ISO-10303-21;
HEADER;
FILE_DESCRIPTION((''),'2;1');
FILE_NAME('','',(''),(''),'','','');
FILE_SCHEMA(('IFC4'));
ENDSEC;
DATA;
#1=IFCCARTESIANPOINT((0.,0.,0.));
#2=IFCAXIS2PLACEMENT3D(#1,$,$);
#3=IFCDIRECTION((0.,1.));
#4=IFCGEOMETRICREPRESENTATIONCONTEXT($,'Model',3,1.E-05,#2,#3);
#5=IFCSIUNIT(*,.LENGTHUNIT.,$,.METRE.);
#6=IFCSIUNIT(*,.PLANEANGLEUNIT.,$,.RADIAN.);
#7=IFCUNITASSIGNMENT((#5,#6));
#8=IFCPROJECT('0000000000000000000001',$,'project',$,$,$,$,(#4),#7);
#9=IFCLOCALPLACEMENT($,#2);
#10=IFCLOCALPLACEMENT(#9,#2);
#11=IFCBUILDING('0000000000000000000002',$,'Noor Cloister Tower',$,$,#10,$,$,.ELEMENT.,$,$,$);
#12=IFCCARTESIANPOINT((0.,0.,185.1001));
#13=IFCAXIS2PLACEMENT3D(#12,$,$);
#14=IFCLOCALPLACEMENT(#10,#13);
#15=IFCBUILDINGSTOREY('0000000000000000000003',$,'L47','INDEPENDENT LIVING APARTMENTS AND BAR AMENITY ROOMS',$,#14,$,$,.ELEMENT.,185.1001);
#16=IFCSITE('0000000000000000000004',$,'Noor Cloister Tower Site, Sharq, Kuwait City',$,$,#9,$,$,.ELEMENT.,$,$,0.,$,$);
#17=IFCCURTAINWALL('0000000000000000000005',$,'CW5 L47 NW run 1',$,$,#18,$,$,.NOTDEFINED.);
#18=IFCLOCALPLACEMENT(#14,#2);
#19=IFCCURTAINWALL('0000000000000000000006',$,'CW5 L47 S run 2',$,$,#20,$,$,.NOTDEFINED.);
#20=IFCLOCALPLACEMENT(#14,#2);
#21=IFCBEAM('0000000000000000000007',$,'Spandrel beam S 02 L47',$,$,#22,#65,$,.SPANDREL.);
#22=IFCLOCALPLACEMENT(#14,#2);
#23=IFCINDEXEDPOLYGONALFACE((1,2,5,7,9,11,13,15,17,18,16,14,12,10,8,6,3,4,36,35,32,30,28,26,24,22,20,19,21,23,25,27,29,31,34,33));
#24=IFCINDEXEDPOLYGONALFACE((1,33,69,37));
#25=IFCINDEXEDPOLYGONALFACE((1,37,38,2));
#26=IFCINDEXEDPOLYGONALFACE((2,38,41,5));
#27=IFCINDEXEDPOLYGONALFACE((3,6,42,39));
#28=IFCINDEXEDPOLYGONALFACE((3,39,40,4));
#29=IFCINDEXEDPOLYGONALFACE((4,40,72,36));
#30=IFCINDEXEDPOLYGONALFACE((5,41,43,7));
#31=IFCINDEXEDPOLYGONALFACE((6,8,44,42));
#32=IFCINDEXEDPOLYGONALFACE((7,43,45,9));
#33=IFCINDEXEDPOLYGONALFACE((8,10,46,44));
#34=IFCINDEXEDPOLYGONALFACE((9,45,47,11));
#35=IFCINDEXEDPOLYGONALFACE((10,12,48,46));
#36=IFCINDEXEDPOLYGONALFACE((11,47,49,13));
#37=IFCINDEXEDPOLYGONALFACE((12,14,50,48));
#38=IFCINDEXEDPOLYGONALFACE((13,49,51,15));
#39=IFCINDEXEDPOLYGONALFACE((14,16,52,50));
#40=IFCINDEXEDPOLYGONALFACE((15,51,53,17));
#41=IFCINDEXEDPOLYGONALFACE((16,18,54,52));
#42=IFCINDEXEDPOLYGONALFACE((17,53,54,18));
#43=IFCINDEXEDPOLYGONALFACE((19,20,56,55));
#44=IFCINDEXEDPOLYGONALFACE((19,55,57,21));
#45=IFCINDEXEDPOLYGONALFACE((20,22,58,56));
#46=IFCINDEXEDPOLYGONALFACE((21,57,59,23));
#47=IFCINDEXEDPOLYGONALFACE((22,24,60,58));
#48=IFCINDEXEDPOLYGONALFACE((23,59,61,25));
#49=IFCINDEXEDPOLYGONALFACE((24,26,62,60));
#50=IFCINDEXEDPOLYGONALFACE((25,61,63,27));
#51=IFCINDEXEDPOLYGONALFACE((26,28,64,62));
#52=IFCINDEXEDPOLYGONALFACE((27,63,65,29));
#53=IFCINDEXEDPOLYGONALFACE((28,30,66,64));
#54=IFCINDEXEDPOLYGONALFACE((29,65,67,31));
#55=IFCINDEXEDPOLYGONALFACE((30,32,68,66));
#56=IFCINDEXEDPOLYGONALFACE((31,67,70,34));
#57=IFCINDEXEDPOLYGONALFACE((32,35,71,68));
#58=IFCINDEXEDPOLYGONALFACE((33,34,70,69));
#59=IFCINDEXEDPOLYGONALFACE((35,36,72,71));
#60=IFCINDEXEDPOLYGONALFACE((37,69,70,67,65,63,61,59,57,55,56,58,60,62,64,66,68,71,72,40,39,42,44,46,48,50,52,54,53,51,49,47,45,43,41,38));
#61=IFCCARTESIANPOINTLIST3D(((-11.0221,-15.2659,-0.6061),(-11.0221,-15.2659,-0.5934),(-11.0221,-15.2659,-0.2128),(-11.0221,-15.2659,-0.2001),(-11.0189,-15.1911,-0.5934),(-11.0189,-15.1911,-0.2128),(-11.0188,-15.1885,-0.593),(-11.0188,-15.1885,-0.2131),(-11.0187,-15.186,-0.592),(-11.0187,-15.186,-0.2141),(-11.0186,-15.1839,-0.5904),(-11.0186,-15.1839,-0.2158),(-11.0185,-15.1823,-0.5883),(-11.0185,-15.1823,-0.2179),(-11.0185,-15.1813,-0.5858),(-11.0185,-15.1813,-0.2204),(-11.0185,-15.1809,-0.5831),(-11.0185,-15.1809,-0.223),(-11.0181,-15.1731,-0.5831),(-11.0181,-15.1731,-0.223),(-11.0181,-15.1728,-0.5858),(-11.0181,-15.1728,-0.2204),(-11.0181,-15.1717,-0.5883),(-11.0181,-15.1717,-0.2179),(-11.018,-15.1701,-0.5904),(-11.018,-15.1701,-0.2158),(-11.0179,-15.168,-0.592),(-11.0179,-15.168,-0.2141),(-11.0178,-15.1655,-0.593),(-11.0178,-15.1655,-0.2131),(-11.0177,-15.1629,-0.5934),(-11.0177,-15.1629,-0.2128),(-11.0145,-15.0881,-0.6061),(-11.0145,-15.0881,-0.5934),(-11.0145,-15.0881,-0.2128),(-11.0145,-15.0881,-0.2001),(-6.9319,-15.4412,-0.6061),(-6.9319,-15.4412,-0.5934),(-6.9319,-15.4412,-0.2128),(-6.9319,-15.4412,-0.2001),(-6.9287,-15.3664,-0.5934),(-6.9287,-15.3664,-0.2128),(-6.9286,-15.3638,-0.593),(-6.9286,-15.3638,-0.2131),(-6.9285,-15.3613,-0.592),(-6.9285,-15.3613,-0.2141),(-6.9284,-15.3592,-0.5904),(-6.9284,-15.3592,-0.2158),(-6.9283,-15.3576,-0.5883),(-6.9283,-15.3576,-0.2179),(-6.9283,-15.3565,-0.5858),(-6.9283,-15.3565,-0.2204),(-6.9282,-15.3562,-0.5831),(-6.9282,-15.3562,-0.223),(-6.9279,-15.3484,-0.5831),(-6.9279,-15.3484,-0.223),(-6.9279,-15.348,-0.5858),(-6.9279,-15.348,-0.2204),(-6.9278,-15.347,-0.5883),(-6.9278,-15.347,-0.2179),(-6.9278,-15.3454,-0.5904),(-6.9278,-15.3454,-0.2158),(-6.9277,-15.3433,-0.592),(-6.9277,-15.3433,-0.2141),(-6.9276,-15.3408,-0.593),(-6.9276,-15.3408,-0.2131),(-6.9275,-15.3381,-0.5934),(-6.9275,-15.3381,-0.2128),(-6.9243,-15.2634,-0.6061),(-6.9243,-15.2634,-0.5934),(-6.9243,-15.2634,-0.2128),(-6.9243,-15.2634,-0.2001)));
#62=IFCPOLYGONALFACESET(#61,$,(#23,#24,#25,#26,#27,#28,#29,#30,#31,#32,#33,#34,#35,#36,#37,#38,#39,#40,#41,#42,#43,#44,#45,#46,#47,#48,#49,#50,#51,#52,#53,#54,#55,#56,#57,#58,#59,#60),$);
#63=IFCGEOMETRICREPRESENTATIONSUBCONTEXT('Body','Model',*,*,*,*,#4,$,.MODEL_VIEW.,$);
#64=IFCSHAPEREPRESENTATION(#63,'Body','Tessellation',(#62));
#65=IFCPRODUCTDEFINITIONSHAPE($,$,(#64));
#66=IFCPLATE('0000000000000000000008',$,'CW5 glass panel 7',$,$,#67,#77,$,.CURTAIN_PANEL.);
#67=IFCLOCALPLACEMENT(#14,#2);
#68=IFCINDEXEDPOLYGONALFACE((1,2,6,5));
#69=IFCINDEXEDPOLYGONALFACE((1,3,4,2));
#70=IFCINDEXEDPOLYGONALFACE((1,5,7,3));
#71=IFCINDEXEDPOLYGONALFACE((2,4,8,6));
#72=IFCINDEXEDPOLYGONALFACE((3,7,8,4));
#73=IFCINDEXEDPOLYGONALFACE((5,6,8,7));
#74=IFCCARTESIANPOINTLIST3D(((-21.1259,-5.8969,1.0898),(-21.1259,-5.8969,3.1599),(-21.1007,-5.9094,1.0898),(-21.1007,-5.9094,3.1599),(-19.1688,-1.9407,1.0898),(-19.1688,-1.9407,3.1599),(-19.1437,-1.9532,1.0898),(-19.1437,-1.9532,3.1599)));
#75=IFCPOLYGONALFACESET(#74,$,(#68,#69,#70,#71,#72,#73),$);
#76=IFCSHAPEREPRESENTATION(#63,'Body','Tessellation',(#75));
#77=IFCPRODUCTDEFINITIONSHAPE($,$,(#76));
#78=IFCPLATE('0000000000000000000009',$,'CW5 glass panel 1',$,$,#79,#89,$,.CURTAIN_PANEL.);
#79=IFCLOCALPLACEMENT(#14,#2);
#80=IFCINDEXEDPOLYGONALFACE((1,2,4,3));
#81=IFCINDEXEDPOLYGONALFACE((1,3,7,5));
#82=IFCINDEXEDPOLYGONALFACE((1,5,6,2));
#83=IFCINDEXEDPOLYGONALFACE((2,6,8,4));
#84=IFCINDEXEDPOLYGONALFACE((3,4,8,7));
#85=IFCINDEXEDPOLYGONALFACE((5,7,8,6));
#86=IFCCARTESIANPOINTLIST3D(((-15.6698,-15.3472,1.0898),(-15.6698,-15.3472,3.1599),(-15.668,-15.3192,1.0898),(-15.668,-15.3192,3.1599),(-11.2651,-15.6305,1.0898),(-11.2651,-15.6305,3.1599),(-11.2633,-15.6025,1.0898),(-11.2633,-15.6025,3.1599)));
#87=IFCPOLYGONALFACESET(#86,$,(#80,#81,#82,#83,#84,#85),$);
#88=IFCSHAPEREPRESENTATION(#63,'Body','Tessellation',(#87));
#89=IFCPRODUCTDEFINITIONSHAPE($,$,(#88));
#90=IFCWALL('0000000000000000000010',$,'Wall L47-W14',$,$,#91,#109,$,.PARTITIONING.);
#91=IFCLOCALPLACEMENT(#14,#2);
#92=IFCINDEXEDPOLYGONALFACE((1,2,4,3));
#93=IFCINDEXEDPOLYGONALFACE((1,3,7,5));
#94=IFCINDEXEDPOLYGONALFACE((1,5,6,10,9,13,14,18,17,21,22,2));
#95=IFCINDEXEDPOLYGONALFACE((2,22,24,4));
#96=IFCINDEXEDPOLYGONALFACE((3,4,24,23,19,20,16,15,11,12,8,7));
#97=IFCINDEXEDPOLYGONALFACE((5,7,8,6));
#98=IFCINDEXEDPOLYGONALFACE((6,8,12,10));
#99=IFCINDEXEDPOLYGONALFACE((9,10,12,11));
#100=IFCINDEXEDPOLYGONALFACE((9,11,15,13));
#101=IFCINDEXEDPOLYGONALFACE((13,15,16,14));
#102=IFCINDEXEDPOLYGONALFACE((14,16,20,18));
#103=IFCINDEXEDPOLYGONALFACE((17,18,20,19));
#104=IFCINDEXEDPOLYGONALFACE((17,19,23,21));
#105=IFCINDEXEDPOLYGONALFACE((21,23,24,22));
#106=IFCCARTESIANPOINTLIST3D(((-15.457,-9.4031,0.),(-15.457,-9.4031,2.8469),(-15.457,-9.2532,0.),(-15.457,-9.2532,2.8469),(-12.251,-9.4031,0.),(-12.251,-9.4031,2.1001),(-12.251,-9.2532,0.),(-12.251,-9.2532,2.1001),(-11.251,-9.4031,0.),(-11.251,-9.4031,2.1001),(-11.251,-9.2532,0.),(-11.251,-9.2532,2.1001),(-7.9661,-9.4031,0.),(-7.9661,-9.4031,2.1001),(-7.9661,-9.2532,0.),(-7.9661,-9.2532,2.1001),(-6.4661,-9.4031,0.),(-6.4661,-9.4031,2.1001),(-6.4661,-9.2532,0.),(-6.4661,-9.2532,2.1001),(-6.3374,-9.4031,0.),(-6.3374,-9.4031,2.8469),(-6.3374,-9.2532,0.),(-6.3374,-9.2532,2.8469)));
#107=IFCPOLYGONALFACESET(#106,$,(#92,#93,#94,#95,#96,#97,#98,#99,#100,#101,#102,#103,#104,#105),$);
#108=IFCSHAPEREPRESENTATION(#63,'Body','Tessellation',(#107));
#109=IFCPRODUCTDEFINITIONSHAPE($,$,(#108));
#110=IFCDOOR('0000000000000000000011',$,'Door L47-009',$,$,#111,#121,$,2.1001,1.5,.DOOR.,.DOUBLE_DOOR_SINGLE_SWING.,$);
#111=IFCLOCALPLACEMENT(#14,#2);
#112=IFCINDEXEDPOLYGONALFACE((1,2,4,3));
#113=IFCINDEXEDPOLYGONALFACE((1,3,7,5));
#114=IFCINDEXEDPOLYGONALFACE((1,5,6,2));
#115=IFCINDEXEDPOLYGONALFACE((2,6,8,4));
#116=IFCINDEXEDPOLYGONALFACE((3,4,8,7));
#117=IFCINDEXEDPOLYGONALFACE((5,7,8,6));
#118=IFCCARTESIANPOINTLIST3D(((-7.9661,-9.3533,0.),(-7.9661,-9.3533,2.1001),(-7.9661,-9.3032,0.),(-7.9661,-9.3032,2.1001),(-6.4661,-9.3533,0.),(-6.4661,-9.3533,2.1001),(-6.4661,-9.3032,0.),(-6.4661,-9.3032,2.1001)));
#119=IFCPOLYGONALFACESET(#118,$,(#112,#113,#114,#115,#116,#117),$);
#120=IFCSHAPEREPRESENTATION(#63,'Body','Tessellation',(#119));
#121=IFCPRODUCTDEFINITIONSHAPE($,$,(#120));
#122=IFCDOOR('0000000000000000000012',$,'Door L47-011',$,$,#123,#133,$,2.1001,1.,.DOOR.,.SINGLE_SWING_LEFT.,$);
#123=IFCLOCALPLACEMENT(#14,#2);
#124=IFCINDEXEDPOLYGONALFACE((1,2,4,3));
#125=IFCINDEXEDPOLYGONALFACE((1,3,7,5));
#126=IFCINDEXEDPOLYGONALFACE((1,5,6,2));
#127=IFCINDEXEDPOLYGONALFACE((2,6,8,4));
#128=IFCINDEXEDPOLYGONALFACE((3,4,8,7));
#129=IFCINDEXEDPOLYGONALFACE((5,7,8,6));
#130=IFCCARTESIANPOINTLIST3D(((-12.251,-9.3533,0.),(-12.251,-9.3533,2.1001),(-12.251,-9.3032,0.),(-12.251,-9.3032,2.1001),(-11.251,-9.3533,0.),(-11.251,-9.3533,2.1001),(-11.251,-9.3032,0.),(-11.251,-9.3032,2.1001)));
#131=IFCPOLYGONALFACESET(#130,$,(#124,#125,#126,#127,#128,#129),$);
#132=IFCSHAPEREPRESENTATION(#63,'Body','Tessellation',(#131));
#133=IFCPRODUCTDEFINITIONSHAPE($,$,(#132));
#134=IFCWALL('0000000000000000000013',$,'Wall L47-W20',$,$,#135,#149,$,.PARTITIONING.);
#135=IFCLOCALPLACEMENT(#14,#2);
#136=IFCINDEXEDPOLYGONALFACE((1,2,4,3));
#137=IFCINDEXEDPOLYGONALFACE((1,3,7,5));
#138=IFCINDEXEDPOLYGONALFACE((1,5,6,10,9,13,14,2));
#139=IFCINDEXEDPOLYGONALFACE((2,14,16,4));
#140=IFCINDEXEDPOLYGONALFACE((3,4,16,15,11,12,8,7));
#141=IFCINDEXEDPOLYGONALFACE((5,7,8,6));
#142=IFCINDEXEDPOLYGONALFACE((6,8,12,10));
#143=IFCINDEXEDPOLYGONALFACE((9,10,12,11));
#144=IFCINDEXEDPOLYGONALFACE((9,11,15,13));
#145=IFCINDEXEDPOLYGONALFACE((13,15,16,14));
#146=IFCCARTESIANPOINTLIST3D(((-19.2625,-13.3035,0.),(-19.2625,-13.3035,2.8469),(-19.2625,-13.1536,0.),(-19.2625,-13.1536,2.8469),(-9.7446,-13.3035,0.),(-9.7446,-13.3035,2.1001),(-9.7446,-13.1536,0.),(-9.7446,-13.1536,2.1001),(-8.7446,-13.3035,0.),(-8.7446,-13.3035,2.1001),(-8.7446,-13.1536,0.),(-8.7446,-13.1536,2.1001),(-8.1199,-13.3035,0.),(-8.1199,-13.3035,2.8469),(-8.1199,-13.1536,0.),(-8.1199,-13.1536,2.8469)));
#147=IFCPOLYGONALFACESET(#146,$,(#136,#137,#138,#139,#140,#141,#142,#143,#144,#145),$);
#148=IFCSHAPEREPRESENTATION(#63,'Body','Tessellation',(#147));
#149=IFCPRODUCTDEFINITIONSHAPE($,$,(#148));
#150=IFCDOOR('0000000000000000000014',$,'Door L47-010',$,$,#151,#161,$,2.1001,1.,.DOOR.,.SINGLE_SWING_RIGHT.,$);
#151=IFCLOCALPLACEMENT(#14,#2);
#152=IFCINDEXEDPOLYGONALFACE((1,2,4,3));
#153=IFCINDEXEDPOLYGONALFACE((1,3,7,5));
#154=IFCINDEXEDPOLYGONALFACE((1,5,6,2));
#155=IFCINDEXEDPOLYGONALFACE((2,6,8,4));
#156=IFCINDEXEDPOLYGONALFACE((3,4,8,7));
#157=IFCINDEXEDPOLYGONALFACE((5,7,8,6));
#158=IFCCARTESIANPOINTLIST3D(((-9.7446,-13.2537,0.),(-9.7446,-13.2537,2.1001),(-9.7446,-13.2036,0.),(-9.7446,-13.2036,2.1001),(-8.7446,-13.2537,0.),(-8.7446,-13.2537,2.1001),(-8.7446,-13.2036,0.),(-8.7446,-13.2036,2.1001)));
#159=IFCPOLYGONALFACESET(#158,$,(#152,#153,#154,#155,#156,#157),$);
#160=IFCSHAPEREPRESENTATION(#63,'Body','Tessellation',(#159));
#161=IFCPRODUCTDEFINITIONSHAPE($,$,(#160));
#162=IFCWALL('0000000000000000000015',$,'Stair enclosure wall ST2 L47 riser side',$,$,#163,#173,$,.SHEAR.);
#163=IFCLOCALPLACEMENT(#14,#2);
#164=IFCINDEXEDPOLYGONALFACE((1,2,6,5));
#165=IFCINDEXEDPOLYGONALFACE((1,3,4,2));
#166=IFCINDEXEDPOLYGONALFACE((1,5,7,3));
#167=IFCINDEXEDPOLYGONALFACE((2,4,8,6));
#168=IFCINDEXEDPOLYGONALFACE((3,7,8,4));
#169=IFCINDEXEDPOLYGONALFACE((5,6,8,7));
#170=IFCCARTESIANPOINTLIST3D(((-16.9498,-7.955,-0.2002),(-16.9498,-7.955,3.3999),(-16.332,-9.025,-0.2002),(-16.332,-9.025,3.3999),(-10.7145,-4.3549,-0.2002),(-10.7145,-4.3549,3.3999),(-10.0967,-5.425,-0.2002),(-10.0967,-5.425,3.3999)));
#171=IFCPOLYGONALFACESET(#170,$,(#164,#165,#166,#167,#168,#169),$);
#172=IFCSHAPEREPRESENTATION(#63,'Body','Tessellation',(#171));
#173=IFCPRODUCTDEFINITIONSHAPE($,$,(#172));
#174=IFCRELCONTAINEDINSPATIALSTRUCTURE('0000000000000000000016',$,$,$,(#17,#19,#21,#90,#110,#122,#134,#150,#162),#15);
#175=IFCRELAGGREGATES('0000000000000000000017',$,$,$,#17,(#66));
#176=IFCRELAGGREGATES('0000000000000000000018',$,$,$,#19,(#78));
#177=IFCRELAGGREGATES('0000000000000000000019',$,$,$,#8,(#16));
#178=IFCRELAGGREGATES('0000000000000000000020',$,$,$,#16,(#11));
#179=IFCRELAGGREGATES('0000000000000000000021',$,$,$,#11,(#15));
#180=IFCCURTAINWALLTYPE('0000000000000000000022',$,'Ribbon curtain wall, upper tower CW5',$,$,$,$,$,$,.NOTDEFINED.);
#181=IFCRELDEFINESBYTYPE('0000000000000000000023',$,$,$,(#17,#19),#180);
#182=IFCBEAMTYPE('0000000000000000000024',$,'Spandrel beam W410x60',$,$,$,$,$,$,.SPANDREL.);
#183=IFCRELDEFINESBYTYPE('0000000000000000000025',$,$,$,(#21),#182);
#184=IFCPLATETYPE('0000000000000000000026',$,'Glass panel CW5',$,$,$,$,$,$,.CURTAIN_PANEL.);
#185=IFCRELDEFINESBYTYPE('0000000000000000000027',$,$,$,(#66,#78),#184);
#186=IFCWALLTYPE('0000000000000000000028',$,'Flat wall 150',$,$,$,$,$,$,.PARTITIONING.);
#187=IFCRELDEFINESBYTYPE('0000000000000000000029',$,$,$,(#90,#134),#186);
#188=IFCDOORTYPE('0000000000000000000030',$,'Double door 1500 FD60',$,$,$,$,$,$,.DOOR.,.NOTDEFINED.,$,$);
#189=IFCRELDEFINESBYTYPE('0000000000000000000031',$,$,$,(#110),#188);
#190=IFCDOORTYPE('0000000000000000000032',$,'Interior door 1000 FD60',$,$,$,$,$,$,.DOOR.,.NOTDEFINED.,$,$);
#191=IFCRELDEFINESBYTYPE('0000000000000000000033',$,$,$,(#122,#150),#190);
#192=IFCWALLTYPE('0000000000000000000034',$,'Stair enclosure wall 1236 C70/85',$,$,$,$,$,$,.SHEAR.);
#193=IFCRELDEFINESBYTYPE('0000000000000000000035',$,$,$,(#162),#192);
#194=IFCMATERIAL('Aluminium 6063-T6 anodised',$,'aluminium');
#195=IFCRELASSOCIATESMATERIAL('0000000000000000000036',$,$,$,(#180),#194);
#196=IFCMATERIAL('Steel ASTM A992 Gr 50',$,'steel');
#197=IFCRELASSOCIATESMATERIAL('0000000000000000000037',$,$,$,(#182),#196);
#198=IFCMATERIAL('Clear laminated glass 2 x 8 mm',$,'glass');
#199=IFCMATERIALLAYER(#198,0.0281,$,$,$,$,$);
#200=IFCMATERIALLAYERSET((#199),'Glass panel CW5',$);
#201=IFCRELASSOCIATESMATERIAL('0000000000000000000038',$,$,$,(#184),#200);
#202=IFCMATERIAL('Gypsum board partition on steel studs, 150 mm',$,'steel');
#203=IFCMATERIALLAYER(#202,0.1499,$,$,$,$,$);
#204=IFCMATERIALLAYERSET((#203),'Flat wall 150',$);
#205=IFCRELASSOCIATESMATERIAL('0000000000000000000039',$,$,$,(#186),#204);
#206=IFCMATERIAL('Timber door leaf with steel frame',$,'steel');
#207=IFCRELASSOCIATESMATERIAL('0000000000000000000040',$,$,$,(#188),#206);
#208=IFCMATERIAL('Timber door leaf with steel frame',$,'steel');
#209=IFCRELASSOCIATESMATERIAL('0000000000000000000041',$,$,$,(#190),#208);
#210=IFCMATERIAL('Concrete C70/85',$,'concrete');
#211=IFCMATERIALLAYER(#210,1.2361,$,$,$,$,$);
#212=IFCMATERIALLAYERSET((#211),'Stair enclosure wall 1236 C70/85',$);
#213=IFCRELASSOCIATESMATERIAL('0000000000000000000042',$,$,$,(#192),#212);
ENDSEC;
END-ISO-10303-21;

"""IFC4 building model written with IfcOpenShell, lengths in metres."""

from ifc_helpers import new_model, si_unit, direction, frame, frame_2d, origin, origin_2d, place, context, subcontext, project, spatial, rectangle, i_section, extrude, material, layer, layer_set, material_profile, profile_set, type_object, element, fill, aggregate, save


model = new_model("IFC4")

# Units and contexts
model_context = context("Model", 3, precision=1e-05, world=origin(), true_north=direction((0.0, 1.0)))
body_context = subcontext(model_context, "Body", "Model", "MODEL_VIEW")
ifc_project = project(units=[si_unit("LENGTHUNIT", "METRE"), si_unit("PLANEANGLEUNIT", "RADIAN")], contexts=[model_context])

# Site, building, storey
site_placement = place(None, origin())
site = spatial("IfcSite", under=ifc_project, at=site_placement, Name="Noor Cloister Tower Site, Sharq, Kuwait City", CompositionType="ELEMENT", RefElevation=0.0)
building_placement = place(site_placement, origin())
building = spatial("IfcBuilding", under=site, at=building_placement, Name="Noor Cloister Tower", CompositionType="ELEMENT")
storey_placement = place(building_placement, frame((0.0, 0.0, 185.1001)))
storey = spatial("IfcBuildingStorey", under=building, at=storey_placement, Name="L47", Description="INDEPENDENT LIVING APARTMENTS AND BAR AMENITY ROOMS", CompositionType="ELEMENT", Elevation=185.1001)

# Curtain walls
ifc_material_1 = material(Name="Aluminium 6063-T6 anodised", Category="aluminium")
curtain_wall_type = type_object("IfcCurtainWallType", Name="Ribbon curtain wall, upper tower CW5", PredefinedType="NOTDEFINED", material=ifc_material_1)
curtain_wall_1_placement = place(storey_placement, origin())
curtain_wall_1 = element("IfcCurtainWall", 1, at=curtain_wall_1_placement, inside=storey, type_object=curtain_wall_type, Name="CW5 L47 NW run 1", PredefinedType="NOTDEFINED")
curtain_wall_2_placement = place(storey_placement, origin())
curtain_wall_2 = element("IfcCurtainWall", 2, at=curtain_wall_2_placement, inside=storey, type_object=curtain_wall_type, Name="CW5 L47 S run 2", PredefinedType="NOTDEFINED")

# Beam
ifc_material_2 = material(Name="Steel ASTM A992 Gr 50", Category="steel")
ifc_material_profile_1 = material_profile(ifc_material_2, i_section(OverallWidth=0.178, OverallDepth=0.406, WebThickness=0.0078, FlangeThickness=0.0127, FilletRadius=0.0103, at=origin_2d()), Name="W410x60")
ifc_profile_set_1 = profile_set([ifc_material_profile_1], Name="Steel ASTM A992 Gr 50")
beam_type_1 = type_object("IfcBeamType", Name="Spandrel beam W410x60", PredefinedType="SPANDREL", material=ifc_profile_set_1)
beam_1_placement = place(storey_placement, frame((-11.0183, -15.177, -0.4031), z_axis=(0.999083, -0.042816, 0.0), x_axis=(0.042816, 0.999083, 0.0)))
element("IfcBeam", 3, at=beam_1_placement, inside=storey, type_object=beam_type_1, Name="Spandrel beam S 02 L47", PredefinedType="SPANDREL", context=body_context, shape_type="SweptSolid", body=[
    extrude(i_section(OverallWidth=0.178, OverallDepth=0.406, WebThickness=0.0078, FlangeThickness=0.0127, FilletRadius=0.0103, at=origin_2d()), origin(), (0.0, 0.0, 1.0), 4.094),
])

# Plates
ifc_material_3 = material(Name="Clear laminated glass 2 x 8 mm", Category="glass")
ifc_layer_1 = layer(ifc_material_3, 0.0281)
ifc_layer_set_1 = layer_set([ifc_layer_1], Name="Glass panel CW5")
plate_type = type_object("IfcPlateType", Name="Glass panel CW5", PredefinedType="CURTAIN_PANEL", material=ifc_layer_set_1)
plate_1_placement = place(storey_placement, frame((-20.1348, -3.925, 1.0898), z_axis=(0.0, 0.0, 1.0), x_axis=(-0.443388, -0.89633, 0.0)))
plate_1 = element("IfcPlate", 4, at=plate_1_placement, type_object=plate_type, Name="CW5 glass panel 7", PredefinedType="CURTAIN_PANEL", context=body_context, shape_type="SweptSolid", body=[
    extrude(rectangle(XDim=4.4138, YDim=0.0281, at=origin_2d()), origin(), (0.0, 0.0, 1.0), 2.0701),
])
aggregate(curtain_wall_1, [plate_1])
plate_2_placement = place(storey_placement, frame((-13.4666, -15.4749, 1.0898), z_axis=(0.0, 0.0, 1.0), x_axis=(0.997938, -0.06418, 0.0)))
plate_2 = element("IfcPlate", 5, at=plate_2_placement, type_object=plate_type, Name="CW5 glass panel 1", PredefinedType="CURTAIN_PANEL", context=body_context, shape_type="SweptSolid", body=[
    extrude(rectangle(XDim=4.4138, YDim=0.0281, at=origin_2d()), origin(), (0.0, 0.0, 1.0), 2.0701),
])
aggregate(curtain_wall_2, [plate_2])

# Wall, openings, doors
ifc_material_4 = material(Name="Gypsum board partition on steel studs, 150 mm", Category="steel")
ifc_layer_2 = layer(ifc_material_4, 0.1499)
ifc_layer_set_2 = layer_set([ifc_layer_2], Name="Flat wall 150")
wall_type_1 = type_object("IfcWallType", Name="Flat wall 150", PredefinedType="PARTITIONING", material=ifc_layer_set_2)
wall_1_placement = place(storey_placement, frame((-15.457, -9.3281, 0.0), z_axis=(0.0, 0.0, 1.0), x_axis=(1.0, 0.0, 0.0)))
wall_1 = element("IfcWall", 6, at=wall_1_placement, inside=storey, type_object=wall_type_1, Name="Wall L47-W14", PredefinedType="PARTITIONING", context=body_context, shape_type="SweptSolid", body=[
    extrude(rectangle(XDim=9.1196, YDim=0.1499, at=frame_2d((4.5598, 0.0))), origin(), (0.0, 0.0, 1.0), 2.8469),
])
opening_1_placement = place(wall_1_placement, frame((7.491, 0.0, 0.0)))
opening_1 = element("IfcOpeningElement", 7, at=opening_1_placement, cuts=wall_1, PredefinedType="OPENING", context=body_context, shape_type="SweptSolid", body=[
    extrude(rectangle(XDim=1.5, YDim=2.1001, at=frame_2d((0.75, 1.05))), frame((0.0, 0.085, 0.0), z_axis=(0.0, -1.0, 0.0), x_axis=(1.0, 0.0, 0.0)), (0.0, 0.0, 1.0), 0.1699),
])
opening_2_placement = place(wall_1_placement, frame((3.2061, 0.0, 0.0)))
opening_2 = element("IfcOpeningElement", 8, at=opening_2_placement, cuts=wall_1, PredefinedType="OPENING", context=body_context, shape_type="SweptSolid", body=[
    extrude(rectangle(XDim=1.0, YDim=2.1001, at=frame_2d((0.5, 1.05))), frame((0.0, 0.085, 0.0), z_axis=(0.0, -1.0, 0.0), x_axis=(1.0, 0.0, 0.0)), (0.0, 0.0, 1.0), 0.1699),
])
ifc_material_5 = material(Name="Timber door leaf with steel frame", Category="steel")
door_type_1 = type_object("IfcDoorType", Name="Double door 1500 FD60", OperationType="NOTDEFINED", PredefinedType="DOOR", material=ifc_material_5)
door_1_placement = place(opening_1_placement, origin())
door_1 = element("IfcDoor", 9, at=door_1_placement, inside=storey, type_object=door_type_1, Name="Door L47-009", OperationType="DOUBLE_DOOR_SINGLE_SWING", OverallHeight=2.1001, OverallWidth=1.5, PredefinedType="DOOR", context=body_context, shape_type="SweptSolid", body=[
    extrude(rectangle(XDim=1.5, YDim=2.1001, at=frame_2d((0.75, 1.05))), frame((0.0, 0.0249, 0.0), z_axis=(0.0, -1.0, 0.0), x_axis=(1.0, 0.0, 0.0)), (0.0, 0.0, 1.0), 0.05),
])
fill(opening_1, door_1)
ifc_material_6 = material(Name="Timber door leaf with steel frame", Category="steel")
door_type_2 = type_object("IfcDoorType", Name="Interior door 1000 FD60", OperationType="NOTDEFINED", PredefinedType="DOOR", material=ifc_material_6)
door_2_placement = place(opening_2_placement, origin())
door_2 = element("IfcDoor", 10, at=door_2_placement, inside=storey, type_object=door_type_2, Name="Door L47-011", OperationType="SINGLE_SWING_LEFT", OverallHeight=2.1001, OverallWidth=1.0, PredefinedType="DOOR", context=body_context, shape_type="SweptSolid", body=[
    extrude(rectangle(XDim=1.0, YDim=2.1001, at=frame_2d((0.5, 1.05))), frame((0.0, 0.0249, 0.0), z_axis=(0.0, -1.0, 0.0), x_axis=(1.0, 0.0, 0.0)), (0.0, 0.0, 1.0), 0.05),
])
fill(opening_2, door_2)

# Wall, opening, door
wall_2_placement = place(storey_placement, frame((-19.2625, -13.2285, 0.0), z_axis=(0.0, 0.0, 1.0), x_axis=(1.0, 0.0, 0.0)))
wall_2 = element("IfcWall", 11, at=wall_2_placement, inside=storey, type_object=wall_type_1, Name="Wall L47-W20", PredefinedType="PARTITIONING", context=body_context, shape_type="SweptSolid", body=[
    extrude(rectangle(XDim=11.1426, YDim=0.1499, at=frame_2d((5.5713, 0.0))), origin(), (0.0, 0.0, 1.0), 2.8469),
])
opening_3_placement = place(wall_2_placement, frame((9.5178, 0.0, 0.0)))
opening_3 = element("IfcOpeningElement", 12, at=opening_3_placement, cuts=wall_2, PredefinedType="OPENING", context=body_context, shape_type="SweptSolid", body=[
    extrude(rectangle(XDim=1.0, YDim=2.1001, at=frame_2d((0.5, 1.05))), frame((0.0, 0.085, 0.0), z_axis=(0.0, -1.0, 0.0), x_axis=(1.0, 0.0, 0.0)), (0.0, 0.0, 1.0), 0.1699),
])
door_3_placement = place(opening_3_placement, origin())
door_3 = element("IfcDoor", 13, at=door_3_placement, inside=storey, type_object=door_type_2, Name="Door L47-010", OperationType="SINGLE_SWING_RIGHT", OverallHeight=2.1001, OverallWidth=1.0, PredefinedType="DOOR", context=body_context, shape_type="SweptSolid", body=[
    extrude(rectangle(XDim=1.0, YDim=2.1001, at=frame_2d((0.5, 1.05))), frame((0.0, 0.0249, 0.0), z_axis=(0.0, -1.0, 0.0), x_axis=(1.0, 0.0, 0.0)), (0.0, 0.0, 1.0), 0.05),
])
fill(opening_3, door_3)

# Wall
ifc_material_7 = material(Name="Concrete C70/85", Category="concrete")
ifc_layer_3 = layer(ifc_material_7, 1.2361)
ifc_layer_set_3 = layer_set([ifc_layer_3], Name="Stair enclosure wall 1236 C70/85")
wall_type_2 = type_object("IfcWallType", Name="Stair enclosure wall 1236 C70/85", PredefinedType="SHEAR", material=ifc_layer_set_3)
wall_3_placement = place(storey_placement, frame((-10.4055, -4.8899, -0.2002), z_axis=(0.0, 0.0, 1.0), x_axis=(-0.866018, -0.500012, 0.0)))
element("IfcWall", 14, at=wall_3_placement, inside=storey, type_object=wall_type_2, Name="Stair enclosure wall ST2 L47 riser side", PredefinedType="SHEAR", context=body_context, shape_type="SweptSolid", body=[
    extrude(rectangle(XDim=7.2, YDim=1.2356, at=frame_2d((3.6001, 0.0))), origin(), (0.0, 0.0, 1.0), 3.6001),
])

save(model, "model.ifc")
